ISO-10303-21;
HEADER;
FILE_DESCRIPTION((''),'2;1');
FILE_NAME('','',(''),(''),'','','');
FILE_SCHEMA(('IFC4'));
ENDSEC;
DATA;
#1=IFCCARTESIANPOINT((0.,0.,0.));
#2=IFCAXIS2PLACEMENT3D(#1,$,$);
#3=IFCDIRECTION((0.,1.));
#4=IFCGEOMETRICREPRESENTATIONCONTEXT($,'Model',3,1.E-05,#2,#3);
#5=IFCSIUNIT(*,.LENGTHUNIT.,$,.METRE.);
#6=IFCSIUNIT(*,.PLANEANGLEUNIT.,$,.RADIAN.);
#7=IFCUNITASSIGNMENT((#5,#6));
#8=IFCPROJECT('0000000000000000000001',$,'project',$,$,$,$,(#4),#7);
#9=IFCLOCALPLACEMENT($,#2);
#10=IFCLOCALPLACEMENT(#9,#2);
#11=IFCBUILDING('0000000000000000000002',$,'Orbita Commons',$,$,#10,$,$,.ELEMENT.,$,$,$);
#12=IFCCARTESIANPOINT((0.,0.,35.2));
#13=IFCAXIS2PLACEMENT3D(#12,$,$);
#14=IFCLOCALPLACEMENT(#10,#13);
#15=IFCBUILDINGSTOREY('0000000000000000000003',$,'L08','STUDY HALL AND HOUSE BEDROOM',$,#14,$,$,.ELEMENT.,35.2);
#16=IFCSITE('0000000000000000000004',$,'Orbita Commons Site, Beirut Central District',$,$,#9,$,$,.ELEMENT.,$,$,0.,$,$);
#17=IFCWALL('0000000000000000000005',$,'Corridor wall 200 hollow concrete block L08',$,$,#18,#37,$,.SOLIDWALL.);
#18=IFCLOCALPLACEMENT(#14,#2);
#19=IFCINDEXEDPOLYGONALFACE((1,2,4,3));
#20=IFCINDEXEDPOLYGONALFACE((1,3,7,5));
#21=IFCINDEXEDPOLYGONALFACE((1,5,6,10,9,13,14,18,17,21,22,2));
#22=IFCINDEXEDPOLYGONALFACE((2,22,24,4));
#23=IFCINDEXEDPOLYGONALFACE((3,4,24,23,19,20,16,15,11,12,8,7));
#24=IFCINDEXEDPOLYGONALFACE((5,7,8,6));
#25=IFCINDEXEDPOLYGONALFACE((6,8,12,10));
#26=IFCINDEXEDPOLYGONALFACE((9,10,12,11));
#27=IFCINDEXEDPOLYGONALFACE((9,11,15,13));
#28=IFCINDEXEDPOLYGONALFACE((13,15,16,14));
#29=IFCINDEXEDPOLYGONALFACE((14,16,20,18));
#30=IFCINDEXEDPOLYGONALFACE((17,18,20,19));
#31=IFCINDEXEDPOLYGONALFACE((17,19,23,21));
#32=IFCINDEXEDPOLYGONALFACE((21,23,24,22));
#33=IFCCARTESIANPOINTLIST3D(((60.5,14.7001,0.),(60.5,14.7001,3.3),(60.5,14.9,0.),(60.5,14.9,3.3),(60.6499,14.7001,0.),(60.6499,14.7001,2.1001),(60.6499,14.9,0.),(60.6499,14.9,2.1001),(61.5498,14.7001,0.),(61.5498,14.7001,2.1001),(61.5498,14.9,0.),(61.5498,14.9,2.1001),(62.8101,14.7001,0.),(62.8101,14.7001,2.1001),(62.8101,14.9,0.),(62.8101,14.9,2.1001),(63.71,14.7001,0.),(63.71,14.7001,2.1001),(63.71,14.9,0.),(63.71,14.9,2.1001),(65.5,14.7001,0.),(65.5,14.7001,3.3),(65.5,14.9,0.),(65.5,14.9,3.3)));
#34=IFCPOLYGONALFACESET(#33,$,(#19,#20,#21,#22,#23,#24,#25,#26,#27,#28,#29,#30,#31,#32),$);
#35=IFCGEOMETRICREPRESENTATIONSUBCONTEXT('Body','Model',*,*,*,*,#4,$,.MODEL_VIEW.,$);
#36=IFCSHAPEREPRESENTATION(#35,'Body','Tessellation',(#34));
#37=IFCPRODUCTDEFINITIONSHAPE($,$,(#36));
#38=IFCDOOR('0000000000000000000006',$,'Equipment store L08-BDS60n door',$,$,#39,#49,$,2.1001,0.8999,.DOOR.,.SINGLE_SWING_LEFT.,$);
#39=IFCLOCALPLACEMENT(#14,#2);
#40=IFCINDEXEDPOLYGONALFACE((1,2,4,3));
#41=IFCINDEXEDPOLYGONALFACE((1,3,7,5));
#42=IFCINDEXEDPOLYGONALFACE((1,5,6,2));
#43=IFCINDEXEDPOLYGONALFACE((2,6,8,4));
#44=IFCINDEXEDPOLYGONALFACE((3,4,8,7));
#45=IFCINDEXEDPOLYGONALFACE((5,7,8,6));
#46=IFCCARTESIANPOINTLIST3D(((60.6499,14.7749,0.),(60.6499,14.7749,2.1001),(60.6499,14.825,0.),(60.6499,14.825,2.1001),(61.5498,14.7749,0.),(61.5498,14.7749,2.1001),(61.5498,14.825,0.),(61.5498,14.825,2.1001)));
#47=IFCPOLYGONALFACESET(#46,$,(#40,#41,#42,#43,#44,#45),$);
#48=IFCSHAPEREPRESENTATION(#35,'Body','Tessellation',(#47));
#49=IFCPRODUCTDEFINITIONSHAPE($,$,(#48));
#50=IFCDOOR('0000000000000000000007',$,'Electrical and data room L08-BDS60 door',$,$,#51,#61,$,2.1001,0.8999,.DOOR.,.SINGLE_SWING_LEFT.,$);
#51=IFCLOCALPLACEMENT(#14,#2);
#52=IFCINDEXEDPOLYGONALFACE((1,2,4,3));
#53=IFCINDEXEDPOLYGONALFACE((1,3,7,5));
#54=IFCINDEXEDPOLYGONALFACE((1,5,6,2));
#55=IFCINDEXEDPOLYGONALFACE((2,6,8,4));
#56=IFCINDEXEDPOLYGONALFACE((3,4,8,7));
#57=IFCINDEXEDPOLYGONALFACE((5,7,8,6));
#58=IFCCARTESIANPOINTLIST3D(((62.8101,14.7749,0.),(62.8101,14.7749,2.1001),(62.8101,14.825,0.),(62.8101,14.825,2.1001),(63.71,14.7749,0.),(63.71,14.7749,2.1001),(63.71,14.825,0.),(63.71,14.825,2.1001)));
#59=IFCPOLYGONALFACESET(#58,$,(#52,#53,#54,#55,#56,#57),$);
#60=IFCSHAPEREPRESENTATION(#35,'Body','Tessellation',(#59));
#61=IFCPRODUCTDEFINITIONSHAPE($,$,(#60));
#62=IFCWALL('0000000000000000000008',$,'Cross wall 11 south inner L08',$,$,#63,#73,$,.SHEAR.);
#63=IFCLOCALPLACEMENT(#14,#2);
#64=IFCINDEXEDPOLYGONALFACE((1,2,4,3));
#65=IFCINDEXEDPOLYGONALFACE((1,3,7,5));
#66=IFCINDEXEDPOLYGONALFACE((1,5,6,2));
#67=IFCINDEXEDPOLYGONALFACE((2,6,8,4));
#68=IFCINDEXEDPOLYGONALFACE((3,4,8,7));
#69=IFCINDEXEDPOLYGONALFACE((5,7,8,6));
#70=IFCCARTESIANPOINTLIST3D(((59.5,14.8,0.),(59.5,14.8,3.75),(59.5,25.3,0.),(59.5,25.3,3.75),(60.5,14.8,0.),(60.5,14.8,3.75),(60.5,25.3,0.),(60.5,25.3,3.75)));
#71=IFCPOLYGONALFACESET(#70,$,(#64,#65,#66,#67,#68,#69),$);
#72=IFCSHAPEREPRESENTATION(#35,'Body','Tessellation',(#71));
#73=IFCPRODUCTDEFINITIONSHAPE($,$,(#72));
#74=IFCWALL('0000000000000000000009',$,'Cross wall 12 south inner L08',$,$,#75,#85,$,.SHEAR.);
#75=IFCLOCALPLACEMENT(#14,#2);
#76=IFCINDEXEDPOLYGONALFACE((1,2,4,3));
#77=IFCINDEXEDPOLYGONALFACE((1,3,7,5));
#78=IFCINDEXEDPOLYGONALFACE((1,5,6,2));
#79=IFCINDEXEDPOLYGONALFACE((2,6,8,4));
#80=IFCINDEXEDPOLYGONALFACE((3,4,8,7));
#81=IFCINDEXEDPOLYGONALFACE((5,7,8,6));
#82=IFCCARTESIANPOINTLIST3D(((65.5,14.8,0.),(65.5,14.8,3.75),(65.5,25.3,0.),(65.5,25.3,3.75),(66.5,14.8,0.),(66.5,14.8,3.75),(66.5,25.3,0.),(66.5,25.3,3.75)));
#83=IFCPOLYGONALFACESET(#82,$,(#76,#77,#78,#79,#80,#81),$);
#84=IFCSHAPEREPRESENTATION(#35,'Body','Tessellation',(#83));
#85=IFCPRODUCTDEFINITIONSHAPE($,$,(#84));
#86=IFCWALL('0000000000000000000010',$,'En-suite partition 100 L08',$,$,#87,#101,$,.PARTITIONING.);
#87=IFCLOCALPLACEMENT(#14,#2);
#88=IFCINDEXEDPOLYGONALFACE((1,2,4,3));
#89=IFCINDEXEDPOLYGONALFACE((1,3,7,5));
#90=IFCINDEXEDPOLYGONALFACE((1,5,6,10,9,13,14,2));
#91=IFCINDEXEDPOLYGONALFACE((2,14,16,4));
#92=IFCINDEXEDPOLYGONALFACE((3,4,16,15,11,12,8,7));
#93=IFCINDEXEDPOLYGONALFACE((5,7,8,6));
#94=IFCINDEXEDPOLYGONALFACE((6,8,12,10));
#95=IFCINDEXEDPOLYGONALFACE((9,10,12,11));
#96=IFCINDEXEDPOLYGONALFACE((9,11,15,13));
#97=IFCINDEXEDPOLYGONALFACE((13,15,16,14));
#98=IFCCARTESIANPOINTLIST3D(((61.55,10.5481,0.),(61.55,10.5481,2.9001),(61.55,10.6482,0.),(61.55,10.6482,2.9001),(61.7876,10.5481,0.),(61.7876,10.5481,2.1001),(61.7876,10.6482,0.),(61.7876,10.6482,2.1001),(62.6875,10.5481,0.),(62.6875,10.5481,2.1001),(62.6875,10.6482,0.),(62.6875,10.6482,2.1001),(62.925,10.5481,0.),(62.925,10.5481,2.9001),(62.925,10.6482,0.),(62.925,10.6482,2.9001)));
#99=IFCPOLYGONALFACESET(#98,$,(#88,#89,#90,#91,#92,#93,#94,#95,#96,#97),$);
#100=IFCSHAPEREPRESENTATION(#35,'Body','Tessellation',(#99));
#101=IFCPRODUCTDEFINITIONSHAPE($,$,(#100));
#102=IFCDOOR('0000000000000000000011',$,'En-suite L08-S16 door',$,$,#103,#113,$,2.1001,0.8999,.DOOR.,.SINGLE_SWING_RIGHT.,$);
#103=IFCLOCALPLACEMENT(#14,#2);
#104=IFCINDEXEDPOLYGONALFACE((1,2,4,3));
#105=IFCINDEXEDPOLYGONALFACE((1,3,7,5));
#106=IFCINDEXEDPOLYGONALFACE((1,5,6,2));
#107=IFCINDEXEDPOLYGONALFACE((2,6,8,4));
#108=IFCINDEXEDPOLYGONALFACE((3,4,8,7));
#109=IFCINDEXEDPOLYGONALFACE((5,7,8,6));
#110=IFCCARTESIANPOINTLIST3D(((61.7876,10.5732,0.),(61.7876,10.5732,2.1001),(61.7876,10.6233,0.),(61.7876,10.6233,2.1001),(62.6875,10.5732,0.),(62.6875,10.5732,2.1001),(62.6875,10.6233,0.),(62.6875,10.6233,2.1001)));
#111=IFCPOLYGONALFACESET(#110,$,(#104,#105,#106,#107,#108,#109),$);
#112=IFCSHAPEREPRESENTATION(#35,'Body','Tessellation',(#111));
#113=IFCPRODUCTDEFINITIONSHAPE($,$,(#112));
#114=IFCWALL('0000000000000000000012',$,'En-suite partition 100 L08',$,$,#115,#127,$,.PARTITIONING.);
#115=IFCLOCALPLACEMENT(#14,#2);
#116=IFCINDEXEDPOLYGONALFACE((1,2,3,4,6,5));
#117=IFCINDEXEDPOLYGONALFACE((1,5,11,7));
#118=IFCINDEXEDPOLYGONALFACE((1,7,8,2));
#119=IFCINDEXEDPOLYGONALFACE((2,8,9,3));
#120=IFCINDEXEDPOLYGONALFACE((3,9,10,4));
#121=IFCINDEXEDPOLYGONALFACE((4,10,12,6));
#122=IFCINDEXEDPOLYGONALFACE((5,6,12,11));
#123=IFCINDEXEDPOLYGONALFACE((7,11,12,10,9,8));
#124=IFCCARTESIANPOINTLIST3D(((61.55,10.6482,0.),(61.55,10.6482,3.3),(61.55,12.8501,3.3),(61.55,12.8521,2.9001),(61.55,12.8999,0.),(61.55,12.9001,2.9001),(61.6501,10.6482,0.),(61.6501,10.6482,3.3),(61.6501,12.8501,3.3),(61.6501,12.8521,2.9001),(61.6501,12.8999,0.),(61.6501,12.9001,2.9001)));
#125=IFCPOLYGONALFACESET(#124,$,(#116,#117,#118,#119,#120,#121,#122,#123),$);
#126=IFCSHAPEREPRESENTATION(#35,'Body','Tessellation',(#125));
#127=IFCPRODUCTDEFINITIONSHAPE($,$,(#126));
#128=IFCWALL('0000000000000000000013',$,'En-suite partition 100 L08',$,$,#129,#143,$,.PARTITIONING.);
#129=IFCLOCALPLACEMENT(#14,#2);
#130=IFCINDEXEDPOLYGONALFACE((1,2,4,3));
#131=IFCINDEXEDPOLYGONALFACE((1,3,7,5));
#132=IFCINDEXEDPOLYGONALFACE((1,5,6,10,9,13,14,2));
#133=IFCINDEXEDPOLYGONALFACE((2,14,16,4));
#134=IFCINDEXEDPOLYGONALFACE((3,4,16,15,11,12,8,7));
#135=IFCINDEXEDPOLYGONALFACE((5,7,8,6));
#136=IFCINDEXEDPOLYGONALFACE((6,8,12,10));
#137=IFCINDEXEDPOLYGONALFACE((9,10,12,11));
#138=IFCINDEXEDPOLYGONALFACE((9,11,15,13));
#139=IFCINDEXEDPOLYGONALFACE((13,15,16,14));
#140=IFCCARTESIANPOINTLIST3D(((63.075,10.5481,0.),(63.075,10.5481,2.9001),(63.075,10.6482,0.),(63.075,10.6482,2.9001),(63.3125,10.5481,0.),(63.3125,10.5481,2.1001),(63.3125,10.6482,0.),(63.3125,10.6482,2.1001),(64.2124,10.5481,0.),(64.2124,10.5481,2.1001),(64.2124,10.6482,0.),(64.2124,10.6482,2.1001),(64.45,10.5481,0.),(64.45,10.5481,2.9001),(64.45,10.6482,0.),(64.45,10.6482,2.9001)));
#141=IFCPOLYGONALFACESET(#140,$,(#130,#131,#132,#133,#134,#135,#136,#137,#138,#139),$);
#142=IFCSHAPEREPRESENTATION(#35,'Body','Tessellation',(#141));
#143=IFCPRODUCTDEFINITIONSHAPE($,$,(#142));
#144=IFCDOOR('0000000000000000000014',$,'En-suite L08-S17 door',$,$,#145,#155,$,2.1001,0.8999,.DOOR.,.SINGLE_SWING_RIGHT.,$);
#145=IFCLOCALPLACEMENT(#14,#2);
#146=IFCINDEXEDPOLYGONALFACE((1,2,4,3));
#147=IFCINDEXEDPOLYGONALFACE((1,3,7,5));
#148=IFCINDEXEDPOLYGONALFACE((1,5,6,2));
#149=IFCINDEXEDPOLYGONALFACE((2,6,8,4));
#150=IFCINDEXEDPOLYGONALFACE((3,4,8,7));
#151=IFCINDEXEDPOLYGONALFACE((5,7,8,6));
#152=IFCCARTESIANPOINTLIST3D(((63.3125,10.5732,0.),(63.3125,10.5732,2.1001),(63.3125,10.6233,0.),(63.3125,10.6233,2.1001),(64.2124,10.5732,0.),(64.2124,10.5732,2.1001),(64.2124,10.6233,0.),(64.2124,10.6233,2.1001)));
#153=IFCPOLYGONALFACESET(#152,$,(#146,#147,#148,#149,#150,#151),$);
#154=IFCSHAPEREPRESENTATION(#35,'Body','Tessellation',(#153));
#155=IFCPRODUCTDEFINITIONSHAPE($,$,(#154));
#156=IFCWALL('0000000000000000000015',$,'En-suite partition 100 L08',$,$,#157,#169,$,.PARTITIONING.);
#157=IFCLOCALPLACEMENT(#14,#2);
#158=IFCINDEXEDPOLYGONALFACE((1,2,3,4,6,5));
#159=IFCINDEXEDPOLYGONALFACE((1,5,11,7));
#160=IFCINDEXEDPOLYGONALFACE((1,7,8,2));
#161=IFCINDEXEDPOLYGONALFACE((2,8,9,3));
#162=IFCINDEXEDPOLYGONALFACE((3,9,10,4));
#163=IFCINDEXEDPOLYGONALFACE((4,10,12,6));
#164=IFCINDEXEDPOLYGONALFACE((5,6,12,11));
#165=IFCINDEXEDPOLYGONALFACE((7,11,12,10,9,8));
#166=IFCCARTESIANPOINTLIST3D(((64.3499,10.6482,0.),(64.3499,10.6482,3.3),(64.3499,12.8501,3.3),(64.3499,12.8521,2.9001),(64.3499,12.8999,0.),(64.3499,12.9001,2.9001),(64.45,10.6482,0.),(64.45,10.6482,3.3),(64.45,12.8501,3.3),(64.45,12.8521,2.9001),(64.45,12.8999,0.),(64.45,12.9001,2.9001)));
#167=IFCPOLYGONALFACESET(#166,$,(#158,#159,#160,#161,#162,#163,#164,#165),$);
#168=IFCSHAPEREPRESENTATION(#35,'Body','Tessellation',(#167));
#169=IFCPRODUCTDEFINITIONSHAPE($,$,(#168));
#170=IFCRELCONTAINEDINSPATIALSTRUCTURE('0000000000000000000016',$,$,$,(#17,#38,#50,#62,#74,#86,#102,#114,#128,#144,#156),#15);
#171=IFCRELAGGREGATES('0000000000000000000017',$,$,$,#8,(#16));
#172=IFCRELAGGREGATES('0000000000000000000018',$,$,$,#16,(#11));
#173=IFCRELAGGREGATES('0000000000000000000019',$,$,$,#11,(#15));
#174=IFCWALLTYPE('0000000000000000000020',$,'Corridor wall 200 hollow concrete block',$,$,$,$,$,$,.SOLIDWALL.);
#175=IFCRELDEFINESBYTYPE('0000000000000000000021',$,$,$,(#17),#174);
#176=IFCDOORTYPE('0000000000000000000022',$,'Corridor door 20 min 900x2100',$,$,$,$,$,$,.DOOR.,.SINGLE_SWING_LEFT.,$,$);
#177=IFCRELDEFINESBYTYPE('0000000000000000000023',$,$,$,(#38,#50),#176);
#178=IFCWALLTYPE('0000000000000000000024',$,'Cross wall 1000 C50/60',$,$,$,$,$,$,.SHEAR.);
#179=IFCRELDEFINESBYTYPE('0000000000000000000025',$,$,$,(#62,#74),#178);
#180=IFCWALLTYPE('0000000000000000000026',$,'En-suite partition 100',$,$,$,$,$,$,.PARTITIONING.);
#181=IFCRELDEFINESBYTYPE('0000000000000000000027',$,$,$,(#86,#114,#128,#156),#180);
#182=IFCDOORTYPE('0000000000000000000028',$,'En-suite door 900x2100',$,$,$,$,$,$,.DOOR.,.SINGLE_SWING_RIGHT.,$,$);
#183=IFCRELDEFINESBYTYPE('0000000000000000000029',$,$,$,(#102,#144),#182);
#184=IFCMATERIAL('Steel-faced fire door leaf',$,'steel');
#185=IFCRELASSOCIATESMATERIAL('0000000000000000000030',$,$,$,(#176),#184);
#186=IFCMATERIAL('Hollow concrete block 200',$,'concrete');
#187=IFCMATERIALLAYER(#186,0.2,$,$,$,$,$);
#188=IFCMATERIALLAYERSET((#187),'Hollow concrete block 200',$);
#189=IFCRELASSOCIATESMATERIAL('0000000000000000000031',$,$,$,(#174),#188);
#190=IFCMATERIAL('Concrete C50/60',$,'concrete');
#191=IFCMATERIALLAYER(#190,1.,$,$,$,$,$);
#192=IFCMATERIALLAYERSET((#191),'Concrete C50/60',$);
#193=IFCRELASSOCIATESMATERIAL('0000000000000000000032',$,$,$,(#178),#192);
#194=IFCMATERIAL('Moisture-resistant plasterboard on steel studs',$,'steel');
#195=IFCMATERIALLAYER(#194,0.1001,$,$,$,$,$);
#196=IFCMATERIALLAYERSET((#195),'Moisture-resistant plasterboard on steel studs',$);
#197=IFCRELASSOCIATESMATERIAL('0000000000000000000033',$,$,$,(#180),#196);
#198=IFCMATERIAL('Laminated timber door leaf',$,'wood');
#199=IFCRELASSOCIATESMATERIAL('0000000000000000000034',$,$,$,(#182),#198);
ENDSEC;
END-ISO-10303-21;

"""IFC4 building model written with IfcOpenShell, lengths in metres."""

from ifc_helpers import new_model, si_unit, direction, frame, frame_2d, origin, place, context, subcontext, project, spatial, polyline, rectangle, outline, extrude, material, layer, layer_set, type_object, element, fill, save


model = new_model("IFC4")

# Units and contexts
model_context = context("Model", 3, precision=1e-05, world=origin(), true_north=direction((0.0, 1.0)))
body_context = subcontext(model_context, "Body", "Model", "MODEL_VIEW")
ifc_project = project(units=[si_unit("LENGTHUNIT", "METRE"), si_unit("PLANEANGLEUNIT", "RADIAN")], contexts=[model_context])

# Site, building, storey
site_placement = place(None, origin())
site = spatial("IfcSite", under=ifc_project, at=site_placement, Name="Orbita Commons Site, Beirut Central District", CompositionType="ELEMENT", RefElevation=0.0)
building_placement = place(site_placement, origin())
building = spatial("IfcBuilding", under=site, at=building_placement, Name="Orbita Commons", CompositionType="ELEMENT")
storey_placement = place(building_placement, frame((0.0, 0.0, 35.2)))
storey = spatial("IfcBuildingStorey", under=building, at=storey_placement, Name="L08", Description="STUDY HALL AND HOUSE BEDROOM", CompositionType="ELEMENT", Elevation=35.2)

# Wall, openings, doors
ifc_material_1 = material(Name="Steel-faced fire door leaf", Category="steel")
door_type_1 = type_object("IfcDoorType", Name="Corridor door 20 min 900x2100", OperationType="SINGLE_SWING_LEFT", PredefinedType="DOOR", material=ifc_material_1)
ifc_material_2 = material(Name="Hollow concrete block 200", Category="concrete")
ifc_layer_1 = layer(ifc_material_2, 0.2)
ifc_layer_set_1 = layer_set([ifc_layer_1], Name="Hollow concrete block 200")
wall_type_1 = type_object("IfcWallType", Name="Corridor wall 200 hollow concrete block", PredefinedType="SOLIDWALL", material=ifc_layer_set_1)
wall_1_placement = place(storey_placement, frame((60.5, 14.8, 0.0), z_axis=(0.0, 0.0, 1.0), x_axis=(1.0, 0.0, 0.0)))
wall_1 = element("IfcWall", 1, at=wall_1_placement, inside=storey, type_object=wall_type_1, Name="Corridor wall 200 hollow concrete block L08", PredefinedType="SOLIDWALL", context=body_context, shape_type="SweptSolid", body=[
    extrude(rectangle(XDim=5.0, YDim=0.2, at=frame_2d((2.5, 0.0))), origin(), (0.0, 0.0, 1.0), 3.3),
])
opening_1_placement = place(wall_1_placement, frame((0.1499, 0.0, 0.0)))
opening_1 = element("IfcOpeningElement", 2, at=opening_1_placement, cuts=wall_1, PredefinedType="OPENING", context=body_context, shape_type="SweptSolid", body=[
    extrude(rectangle(XDim=0.8999, YDim=2.1001, at=frame_2d((0.45, 1.05))), frame((0.0, 0.1099, 0.0), z_axis=(0.0, -1.0, 0.0), x_axis=(1.0, 0.0, 0.0)), (0.0, 0.0, 1.0), 0.22),
])
opening_2_placement = place(wall_1_placement, frame((2.3101, 0.0, 0.0)))
opening_2 = element("IfcOpeningElement", 3, at=opening_2_placement, cuts=wall_1, PredefinedType="OPENING", context=body_context, shape_type="SweptSolid", body=[
    extrude(rectangle(XDim=0.8999, YDim=2.1001, at=frame_2d((0.45, 1.05))), frame((0.0, 0.1099, 0.0), z_axis=(0.0, -1.0, 0.0), x_axis=(1.0, 0.0, 0.0)), (0.0, 0.0, 1.0), 0.22),
])
door_1_placement = place(opening_1_placement, origin())
door_1 = element("IfcDoor", 4, at=door_1_placement, inside=storey, type_object=door_type_1, Name="Equipment store L08-BDS60n door", OperationType="SINGLE_SWING_LEFT", OverallHeight=2.1001, OverallWidth=0.8999, PredefinedType="DOOR", context=body_context, shape_type="SweptSolid", body=[
    extrude(rectangle(XDim=0.8999, YDim=2.1001, at=frame_2d((0.45, 1.05))), frame((0.0, 0.0249, 0.0), z_axis=(0.0, -1.0, 0.0), x_axis=(1.0, 0.0, 0.0)), (0.0, 0.0, 1.0), 0.05),
])
fill(opening_1, door_1)
door_2_placement = place(opening_2_placement, origin())
door_2 = element("IfcDoor", 5, at=door_2_placement, inside=storey, type_object=door_type_1, Name="Electrical and data room L08-BDS60 door", OperationType="SINGLE_SWING_LEFT", OverallHeight=2.1001, OverallWidth=0.8999, PredefinedType="DOOR", context=body_context, shape_type="SweptSolid", body=[
    extrude(rectangle(XDim=0.8999, YDim=2.1001, at=frame_2d((0.45, 1.05))), frame((0.0, 0.0249, 0.0), z_axis=(0.0, -1.0, 0.0), x_axis=(1.0, 0.0, 0.0)), (0.0, 0.0, 1.0), 0.05),
])
fill(opening_2, door_2)

# Walls
ifc_material_3 = material(Name="Concrete C50/60", Category="concrete")
ifc_layer_2 = layer(ifc_material_3, 1.0)
ifc_layer_set_2 = layer_set([ifc_layer_2], Name="Concrete C50/60")
wall_type_2 = type_object("IfcWallType", Name="Cross wall 1000 C50/60", PredefinedType="SHEAR", material=ifc_layer_set_2)
for number, where, z_axis, x_axis, name in (
    (6, (60.0, 14.8, 0.0), (0.0, 0.0, 1.0), (0.0, 1.0, 0.0), "Cross wall 11 south inner L08"),
    (7, (66.0, 14.8, 0.0), (0.0, 0.0, 1.0), (0.0, 1.0, 0.0), "Cross wall 12 south inner L08"),
):
    element("IfcWall", number, at=place(storey_placement, frame(where, z_axis=z_axis, x_axis=x_axis)), inside=storey, type_object=wall_type_2, Name=name, PredefinedType="SHEAR", context=body_context, shape_type="SweptSolid", body=[
        extrude(rectangle(XDim=10.5, YDim=1.0, at=frame_2d((5.25, 0.0))), origin(), (0.0, 0.0, 1.0), 3.75),
    ])

# Wall, opening, door
ifc_material_4 = material(Name="Moisture-resistant plasterboard on steel studs", Category="steel")
ifc_layer_3 = layer(ifc_material_4, 0.1001)
ifc_layer_set_3 = layer_set([ifc_layer_3], Name="Moisture-resistant plasterboard on steel studs")
wall_type_3 = type_object("IfcWallType", Name="En-suite partition 100", PredefinedType="PARTITIONING", material=ifc_layer_set_3)
wall_2_placement = place(storey_placement, frame((62.925, 10.5981, 0.0), z_axis=(0.0, 0.0, 1.0), x_axis=(-1.0, 0.0, 0.0)))
wall_2 = element("IfcWall", 8, at=wall_2_placement, inside=storey, type_object=wall_type_3, Name="En-suite partition 100 L08", PredefinedType="PARTITIONING", context=body_context, shape_type="SweptSolid", body=[
    extrude(outline(polyline([(0.0, 0.0), (1.375, 0.0), (1.375, 2.9001), (0.0, 2.9001), (0.0, 0.0)])), frame((0.0, 0.05, 0.0), z_axis=(0.0, -1.0, 0.0), x_axis=(1.0, 0.0, 0.0)), (0.0, 0.0, 1.0), 0.1001),
])
opening_3_placement = place(wall_2_placement, frame((0.2375, 0.0, 0.0)))
opening_3 = element("IfcOpeningElement", 9, at=opening_3_placement, cuts=wall_2, PredefinedType="OPENING", context=body_context, shape_type="SweptSolid", body=[
    extrude(rectangle(XDim=0.8999, YDim=2.1001, at=frame_2d((0.45, 1.05))), frame((0.0, 0.0601, 0.0), z_axis=(0.0, -1.0, 0.0), x_axis=(1.0, 0.0, 0.0)), (0.0, 0.0, 1.0), 0.1201),
])
ifc_material_5 = material(Name="Laminated timber door leaf", Category="wood")
door_type_2 = type_object("IfcDoorType", Name="En-suite door 900x2100", OperationType="SINGLE_SWING_RIGHT", PredefinedType="DOOR", material=ifc_material_5)
door_3_placement = place(opening_3_placement, origin())
door_3 = element("IfcDoor", 10, at=door_3_placement, inside=storey, type_object=door_type_2, Name="En-suite L08-S16 door", OperationType="SINGLE_SWING_RIGHT", OverallHeight=2.1001, OverallWidth=0.8999, PredefinedType="DOOR", context=body_context, shape_type="SweptSolid", body=[
    extrude(rectangle(XDim=0.8999, YDim=2.1001, at=frame_2d((0.45, 1.05))), frame((0.0, 0.0249, 0.0), z_axis=(0.0, -1.0, 0.0), x_axis=(1.0, 0.0, 0.0)), (0.0, 0.0, 1.0), 0.05),
])
fill(opening_3, door_3)

# Wall
wall_3_placement = place(storey_placement, frame((61.6001, 10.6482, 0.0), z_axis=(0.0, 0.0, 1.0), x_axis=(0.0, 1.0, 0.0)))
element("IfcWall", 11, at=wall_3_placement, inside=storey, type_object=wall_type_3, Name="En-suite partition 100 L08", PredefinedType="PARTITIONING", context=body_context, shape_type="SweptSolid", body=[
    extrude(outline(polyline([(0.0, 0.0), (2.2517, 0.0), (2.252, 2.9001), (2.2039, 2.9001), (2.2019, 3.3), (0.0, 3.3), (0.0, 0.0)])), frame((0.0, 0.05, 0.0), z_axis=(0.0, -1.0, 0.0), x_axis=(1.0, 0.0, 0.0)), (0.0, 0.0, 1.0), 0.1001),
])

# Wall, opening, door
wall_4_placement = place(storey_placement, frame((64.45, 10.5981, 0.0), z_axis=(0.0, 0.0, 1.0), x_axis=(-1.0, 0.0, 0.0)))
wall_4 = element("IfcWall", 12, at=wall_4_placement, inside=storey, type_object=wall_type_3, Name="En-suite partition 100 L08", PredefinedType="PARTITIONING", context=body_context, shape_type="SweptSolid", body=[
    extrude(outline(polyline([(0.0, 0.0), (1.375, 0.0), (1.375, 2.9001), (0.0, 2.9001), (0.0, 0.0)])), frame((0.0, 0.05, 0.0), z_axis=(0.0, -1.0, 0.0), x_axis=(1.0, 0.0, 0.0)), (0.0, 0.0, 1.0), 0.1001),
])
opening_4_placement = place(wall_4_placement, frame((0.2375, 0.0, 0.0)))
opening_4 = element("IfcOpeningElement", 13, at=opening_4_placement, cuts=wall_4, PredefinedType="OPENING", context=body_context, shape_type="SweptSolid", body=[
    extrude(rectangle(XDim=0.8999, YDim=2.1001, at=frame_2d((0.45, 1.05))), frame((0.0, 0.0601, 0.0), z_axis=(0.0, -1.0, 0.0), x_axis=(1.0, 0.0, 0.0)), (0.0, 0.0, 1.0), 0.1201),
])
door_4_placement = place(opening_4_placement, origin())
door_4 = element("IfcDoor", 14, at=door_4_placement, inside=storey, type_object=door_type_2, Name="En-suite L08-S17 door", OperationType="SINGLE_SWING_RIGHT", OverallHeight=2.1001, OverallWidth=0.8999, PredefinedType="DOOR", context=body_context, shape_type="SweptSolid", body=[
    extrude(rectangle(XDim=0.8999, YDim=2.1001, at=frame_2d((0.45, 1.05))), frame((0.0, 0.0249, 0.0), z_axis=(0.0, -1.0, 0.0), x_axis=(1.0, 0.0, 0.0)), (0.0, 0.0, 1.0), 0.05),
])
fill(opening_4, door_4)

# Wall
wall_5_placement = place(storey_placement, frame((64.3999, 10.6482, 0.0), z_axis=(0.0, 0.0, 1.0), x_axis=(0.0, 1.0, 0.0)))
element("IfcWall", 15, at=wall_5_placement, inside=storey, type_object=wall_type_3, Name="En-suite partition 100 L08", PredefinedType="PARTITIONING", context=body_context, shape_type="SweptSolid", body=[
    extrude(outline(polyline([(0.0, 0.0), (2.2517, 0.0), (2.252, 2.9001), (2.2039, 2.9001), (2.2019, 3.3), (0.0, 3.3), (0.0, 0.0)])), frame((0.0, 0.05, 0.0), z_axis=(0.0, -1.0, 0.0), x_axis=(1.0, 0.0, 0.0)), (0.0, 0.0, 1.0), 0.1001),
])

save(model, "model.ifc")
